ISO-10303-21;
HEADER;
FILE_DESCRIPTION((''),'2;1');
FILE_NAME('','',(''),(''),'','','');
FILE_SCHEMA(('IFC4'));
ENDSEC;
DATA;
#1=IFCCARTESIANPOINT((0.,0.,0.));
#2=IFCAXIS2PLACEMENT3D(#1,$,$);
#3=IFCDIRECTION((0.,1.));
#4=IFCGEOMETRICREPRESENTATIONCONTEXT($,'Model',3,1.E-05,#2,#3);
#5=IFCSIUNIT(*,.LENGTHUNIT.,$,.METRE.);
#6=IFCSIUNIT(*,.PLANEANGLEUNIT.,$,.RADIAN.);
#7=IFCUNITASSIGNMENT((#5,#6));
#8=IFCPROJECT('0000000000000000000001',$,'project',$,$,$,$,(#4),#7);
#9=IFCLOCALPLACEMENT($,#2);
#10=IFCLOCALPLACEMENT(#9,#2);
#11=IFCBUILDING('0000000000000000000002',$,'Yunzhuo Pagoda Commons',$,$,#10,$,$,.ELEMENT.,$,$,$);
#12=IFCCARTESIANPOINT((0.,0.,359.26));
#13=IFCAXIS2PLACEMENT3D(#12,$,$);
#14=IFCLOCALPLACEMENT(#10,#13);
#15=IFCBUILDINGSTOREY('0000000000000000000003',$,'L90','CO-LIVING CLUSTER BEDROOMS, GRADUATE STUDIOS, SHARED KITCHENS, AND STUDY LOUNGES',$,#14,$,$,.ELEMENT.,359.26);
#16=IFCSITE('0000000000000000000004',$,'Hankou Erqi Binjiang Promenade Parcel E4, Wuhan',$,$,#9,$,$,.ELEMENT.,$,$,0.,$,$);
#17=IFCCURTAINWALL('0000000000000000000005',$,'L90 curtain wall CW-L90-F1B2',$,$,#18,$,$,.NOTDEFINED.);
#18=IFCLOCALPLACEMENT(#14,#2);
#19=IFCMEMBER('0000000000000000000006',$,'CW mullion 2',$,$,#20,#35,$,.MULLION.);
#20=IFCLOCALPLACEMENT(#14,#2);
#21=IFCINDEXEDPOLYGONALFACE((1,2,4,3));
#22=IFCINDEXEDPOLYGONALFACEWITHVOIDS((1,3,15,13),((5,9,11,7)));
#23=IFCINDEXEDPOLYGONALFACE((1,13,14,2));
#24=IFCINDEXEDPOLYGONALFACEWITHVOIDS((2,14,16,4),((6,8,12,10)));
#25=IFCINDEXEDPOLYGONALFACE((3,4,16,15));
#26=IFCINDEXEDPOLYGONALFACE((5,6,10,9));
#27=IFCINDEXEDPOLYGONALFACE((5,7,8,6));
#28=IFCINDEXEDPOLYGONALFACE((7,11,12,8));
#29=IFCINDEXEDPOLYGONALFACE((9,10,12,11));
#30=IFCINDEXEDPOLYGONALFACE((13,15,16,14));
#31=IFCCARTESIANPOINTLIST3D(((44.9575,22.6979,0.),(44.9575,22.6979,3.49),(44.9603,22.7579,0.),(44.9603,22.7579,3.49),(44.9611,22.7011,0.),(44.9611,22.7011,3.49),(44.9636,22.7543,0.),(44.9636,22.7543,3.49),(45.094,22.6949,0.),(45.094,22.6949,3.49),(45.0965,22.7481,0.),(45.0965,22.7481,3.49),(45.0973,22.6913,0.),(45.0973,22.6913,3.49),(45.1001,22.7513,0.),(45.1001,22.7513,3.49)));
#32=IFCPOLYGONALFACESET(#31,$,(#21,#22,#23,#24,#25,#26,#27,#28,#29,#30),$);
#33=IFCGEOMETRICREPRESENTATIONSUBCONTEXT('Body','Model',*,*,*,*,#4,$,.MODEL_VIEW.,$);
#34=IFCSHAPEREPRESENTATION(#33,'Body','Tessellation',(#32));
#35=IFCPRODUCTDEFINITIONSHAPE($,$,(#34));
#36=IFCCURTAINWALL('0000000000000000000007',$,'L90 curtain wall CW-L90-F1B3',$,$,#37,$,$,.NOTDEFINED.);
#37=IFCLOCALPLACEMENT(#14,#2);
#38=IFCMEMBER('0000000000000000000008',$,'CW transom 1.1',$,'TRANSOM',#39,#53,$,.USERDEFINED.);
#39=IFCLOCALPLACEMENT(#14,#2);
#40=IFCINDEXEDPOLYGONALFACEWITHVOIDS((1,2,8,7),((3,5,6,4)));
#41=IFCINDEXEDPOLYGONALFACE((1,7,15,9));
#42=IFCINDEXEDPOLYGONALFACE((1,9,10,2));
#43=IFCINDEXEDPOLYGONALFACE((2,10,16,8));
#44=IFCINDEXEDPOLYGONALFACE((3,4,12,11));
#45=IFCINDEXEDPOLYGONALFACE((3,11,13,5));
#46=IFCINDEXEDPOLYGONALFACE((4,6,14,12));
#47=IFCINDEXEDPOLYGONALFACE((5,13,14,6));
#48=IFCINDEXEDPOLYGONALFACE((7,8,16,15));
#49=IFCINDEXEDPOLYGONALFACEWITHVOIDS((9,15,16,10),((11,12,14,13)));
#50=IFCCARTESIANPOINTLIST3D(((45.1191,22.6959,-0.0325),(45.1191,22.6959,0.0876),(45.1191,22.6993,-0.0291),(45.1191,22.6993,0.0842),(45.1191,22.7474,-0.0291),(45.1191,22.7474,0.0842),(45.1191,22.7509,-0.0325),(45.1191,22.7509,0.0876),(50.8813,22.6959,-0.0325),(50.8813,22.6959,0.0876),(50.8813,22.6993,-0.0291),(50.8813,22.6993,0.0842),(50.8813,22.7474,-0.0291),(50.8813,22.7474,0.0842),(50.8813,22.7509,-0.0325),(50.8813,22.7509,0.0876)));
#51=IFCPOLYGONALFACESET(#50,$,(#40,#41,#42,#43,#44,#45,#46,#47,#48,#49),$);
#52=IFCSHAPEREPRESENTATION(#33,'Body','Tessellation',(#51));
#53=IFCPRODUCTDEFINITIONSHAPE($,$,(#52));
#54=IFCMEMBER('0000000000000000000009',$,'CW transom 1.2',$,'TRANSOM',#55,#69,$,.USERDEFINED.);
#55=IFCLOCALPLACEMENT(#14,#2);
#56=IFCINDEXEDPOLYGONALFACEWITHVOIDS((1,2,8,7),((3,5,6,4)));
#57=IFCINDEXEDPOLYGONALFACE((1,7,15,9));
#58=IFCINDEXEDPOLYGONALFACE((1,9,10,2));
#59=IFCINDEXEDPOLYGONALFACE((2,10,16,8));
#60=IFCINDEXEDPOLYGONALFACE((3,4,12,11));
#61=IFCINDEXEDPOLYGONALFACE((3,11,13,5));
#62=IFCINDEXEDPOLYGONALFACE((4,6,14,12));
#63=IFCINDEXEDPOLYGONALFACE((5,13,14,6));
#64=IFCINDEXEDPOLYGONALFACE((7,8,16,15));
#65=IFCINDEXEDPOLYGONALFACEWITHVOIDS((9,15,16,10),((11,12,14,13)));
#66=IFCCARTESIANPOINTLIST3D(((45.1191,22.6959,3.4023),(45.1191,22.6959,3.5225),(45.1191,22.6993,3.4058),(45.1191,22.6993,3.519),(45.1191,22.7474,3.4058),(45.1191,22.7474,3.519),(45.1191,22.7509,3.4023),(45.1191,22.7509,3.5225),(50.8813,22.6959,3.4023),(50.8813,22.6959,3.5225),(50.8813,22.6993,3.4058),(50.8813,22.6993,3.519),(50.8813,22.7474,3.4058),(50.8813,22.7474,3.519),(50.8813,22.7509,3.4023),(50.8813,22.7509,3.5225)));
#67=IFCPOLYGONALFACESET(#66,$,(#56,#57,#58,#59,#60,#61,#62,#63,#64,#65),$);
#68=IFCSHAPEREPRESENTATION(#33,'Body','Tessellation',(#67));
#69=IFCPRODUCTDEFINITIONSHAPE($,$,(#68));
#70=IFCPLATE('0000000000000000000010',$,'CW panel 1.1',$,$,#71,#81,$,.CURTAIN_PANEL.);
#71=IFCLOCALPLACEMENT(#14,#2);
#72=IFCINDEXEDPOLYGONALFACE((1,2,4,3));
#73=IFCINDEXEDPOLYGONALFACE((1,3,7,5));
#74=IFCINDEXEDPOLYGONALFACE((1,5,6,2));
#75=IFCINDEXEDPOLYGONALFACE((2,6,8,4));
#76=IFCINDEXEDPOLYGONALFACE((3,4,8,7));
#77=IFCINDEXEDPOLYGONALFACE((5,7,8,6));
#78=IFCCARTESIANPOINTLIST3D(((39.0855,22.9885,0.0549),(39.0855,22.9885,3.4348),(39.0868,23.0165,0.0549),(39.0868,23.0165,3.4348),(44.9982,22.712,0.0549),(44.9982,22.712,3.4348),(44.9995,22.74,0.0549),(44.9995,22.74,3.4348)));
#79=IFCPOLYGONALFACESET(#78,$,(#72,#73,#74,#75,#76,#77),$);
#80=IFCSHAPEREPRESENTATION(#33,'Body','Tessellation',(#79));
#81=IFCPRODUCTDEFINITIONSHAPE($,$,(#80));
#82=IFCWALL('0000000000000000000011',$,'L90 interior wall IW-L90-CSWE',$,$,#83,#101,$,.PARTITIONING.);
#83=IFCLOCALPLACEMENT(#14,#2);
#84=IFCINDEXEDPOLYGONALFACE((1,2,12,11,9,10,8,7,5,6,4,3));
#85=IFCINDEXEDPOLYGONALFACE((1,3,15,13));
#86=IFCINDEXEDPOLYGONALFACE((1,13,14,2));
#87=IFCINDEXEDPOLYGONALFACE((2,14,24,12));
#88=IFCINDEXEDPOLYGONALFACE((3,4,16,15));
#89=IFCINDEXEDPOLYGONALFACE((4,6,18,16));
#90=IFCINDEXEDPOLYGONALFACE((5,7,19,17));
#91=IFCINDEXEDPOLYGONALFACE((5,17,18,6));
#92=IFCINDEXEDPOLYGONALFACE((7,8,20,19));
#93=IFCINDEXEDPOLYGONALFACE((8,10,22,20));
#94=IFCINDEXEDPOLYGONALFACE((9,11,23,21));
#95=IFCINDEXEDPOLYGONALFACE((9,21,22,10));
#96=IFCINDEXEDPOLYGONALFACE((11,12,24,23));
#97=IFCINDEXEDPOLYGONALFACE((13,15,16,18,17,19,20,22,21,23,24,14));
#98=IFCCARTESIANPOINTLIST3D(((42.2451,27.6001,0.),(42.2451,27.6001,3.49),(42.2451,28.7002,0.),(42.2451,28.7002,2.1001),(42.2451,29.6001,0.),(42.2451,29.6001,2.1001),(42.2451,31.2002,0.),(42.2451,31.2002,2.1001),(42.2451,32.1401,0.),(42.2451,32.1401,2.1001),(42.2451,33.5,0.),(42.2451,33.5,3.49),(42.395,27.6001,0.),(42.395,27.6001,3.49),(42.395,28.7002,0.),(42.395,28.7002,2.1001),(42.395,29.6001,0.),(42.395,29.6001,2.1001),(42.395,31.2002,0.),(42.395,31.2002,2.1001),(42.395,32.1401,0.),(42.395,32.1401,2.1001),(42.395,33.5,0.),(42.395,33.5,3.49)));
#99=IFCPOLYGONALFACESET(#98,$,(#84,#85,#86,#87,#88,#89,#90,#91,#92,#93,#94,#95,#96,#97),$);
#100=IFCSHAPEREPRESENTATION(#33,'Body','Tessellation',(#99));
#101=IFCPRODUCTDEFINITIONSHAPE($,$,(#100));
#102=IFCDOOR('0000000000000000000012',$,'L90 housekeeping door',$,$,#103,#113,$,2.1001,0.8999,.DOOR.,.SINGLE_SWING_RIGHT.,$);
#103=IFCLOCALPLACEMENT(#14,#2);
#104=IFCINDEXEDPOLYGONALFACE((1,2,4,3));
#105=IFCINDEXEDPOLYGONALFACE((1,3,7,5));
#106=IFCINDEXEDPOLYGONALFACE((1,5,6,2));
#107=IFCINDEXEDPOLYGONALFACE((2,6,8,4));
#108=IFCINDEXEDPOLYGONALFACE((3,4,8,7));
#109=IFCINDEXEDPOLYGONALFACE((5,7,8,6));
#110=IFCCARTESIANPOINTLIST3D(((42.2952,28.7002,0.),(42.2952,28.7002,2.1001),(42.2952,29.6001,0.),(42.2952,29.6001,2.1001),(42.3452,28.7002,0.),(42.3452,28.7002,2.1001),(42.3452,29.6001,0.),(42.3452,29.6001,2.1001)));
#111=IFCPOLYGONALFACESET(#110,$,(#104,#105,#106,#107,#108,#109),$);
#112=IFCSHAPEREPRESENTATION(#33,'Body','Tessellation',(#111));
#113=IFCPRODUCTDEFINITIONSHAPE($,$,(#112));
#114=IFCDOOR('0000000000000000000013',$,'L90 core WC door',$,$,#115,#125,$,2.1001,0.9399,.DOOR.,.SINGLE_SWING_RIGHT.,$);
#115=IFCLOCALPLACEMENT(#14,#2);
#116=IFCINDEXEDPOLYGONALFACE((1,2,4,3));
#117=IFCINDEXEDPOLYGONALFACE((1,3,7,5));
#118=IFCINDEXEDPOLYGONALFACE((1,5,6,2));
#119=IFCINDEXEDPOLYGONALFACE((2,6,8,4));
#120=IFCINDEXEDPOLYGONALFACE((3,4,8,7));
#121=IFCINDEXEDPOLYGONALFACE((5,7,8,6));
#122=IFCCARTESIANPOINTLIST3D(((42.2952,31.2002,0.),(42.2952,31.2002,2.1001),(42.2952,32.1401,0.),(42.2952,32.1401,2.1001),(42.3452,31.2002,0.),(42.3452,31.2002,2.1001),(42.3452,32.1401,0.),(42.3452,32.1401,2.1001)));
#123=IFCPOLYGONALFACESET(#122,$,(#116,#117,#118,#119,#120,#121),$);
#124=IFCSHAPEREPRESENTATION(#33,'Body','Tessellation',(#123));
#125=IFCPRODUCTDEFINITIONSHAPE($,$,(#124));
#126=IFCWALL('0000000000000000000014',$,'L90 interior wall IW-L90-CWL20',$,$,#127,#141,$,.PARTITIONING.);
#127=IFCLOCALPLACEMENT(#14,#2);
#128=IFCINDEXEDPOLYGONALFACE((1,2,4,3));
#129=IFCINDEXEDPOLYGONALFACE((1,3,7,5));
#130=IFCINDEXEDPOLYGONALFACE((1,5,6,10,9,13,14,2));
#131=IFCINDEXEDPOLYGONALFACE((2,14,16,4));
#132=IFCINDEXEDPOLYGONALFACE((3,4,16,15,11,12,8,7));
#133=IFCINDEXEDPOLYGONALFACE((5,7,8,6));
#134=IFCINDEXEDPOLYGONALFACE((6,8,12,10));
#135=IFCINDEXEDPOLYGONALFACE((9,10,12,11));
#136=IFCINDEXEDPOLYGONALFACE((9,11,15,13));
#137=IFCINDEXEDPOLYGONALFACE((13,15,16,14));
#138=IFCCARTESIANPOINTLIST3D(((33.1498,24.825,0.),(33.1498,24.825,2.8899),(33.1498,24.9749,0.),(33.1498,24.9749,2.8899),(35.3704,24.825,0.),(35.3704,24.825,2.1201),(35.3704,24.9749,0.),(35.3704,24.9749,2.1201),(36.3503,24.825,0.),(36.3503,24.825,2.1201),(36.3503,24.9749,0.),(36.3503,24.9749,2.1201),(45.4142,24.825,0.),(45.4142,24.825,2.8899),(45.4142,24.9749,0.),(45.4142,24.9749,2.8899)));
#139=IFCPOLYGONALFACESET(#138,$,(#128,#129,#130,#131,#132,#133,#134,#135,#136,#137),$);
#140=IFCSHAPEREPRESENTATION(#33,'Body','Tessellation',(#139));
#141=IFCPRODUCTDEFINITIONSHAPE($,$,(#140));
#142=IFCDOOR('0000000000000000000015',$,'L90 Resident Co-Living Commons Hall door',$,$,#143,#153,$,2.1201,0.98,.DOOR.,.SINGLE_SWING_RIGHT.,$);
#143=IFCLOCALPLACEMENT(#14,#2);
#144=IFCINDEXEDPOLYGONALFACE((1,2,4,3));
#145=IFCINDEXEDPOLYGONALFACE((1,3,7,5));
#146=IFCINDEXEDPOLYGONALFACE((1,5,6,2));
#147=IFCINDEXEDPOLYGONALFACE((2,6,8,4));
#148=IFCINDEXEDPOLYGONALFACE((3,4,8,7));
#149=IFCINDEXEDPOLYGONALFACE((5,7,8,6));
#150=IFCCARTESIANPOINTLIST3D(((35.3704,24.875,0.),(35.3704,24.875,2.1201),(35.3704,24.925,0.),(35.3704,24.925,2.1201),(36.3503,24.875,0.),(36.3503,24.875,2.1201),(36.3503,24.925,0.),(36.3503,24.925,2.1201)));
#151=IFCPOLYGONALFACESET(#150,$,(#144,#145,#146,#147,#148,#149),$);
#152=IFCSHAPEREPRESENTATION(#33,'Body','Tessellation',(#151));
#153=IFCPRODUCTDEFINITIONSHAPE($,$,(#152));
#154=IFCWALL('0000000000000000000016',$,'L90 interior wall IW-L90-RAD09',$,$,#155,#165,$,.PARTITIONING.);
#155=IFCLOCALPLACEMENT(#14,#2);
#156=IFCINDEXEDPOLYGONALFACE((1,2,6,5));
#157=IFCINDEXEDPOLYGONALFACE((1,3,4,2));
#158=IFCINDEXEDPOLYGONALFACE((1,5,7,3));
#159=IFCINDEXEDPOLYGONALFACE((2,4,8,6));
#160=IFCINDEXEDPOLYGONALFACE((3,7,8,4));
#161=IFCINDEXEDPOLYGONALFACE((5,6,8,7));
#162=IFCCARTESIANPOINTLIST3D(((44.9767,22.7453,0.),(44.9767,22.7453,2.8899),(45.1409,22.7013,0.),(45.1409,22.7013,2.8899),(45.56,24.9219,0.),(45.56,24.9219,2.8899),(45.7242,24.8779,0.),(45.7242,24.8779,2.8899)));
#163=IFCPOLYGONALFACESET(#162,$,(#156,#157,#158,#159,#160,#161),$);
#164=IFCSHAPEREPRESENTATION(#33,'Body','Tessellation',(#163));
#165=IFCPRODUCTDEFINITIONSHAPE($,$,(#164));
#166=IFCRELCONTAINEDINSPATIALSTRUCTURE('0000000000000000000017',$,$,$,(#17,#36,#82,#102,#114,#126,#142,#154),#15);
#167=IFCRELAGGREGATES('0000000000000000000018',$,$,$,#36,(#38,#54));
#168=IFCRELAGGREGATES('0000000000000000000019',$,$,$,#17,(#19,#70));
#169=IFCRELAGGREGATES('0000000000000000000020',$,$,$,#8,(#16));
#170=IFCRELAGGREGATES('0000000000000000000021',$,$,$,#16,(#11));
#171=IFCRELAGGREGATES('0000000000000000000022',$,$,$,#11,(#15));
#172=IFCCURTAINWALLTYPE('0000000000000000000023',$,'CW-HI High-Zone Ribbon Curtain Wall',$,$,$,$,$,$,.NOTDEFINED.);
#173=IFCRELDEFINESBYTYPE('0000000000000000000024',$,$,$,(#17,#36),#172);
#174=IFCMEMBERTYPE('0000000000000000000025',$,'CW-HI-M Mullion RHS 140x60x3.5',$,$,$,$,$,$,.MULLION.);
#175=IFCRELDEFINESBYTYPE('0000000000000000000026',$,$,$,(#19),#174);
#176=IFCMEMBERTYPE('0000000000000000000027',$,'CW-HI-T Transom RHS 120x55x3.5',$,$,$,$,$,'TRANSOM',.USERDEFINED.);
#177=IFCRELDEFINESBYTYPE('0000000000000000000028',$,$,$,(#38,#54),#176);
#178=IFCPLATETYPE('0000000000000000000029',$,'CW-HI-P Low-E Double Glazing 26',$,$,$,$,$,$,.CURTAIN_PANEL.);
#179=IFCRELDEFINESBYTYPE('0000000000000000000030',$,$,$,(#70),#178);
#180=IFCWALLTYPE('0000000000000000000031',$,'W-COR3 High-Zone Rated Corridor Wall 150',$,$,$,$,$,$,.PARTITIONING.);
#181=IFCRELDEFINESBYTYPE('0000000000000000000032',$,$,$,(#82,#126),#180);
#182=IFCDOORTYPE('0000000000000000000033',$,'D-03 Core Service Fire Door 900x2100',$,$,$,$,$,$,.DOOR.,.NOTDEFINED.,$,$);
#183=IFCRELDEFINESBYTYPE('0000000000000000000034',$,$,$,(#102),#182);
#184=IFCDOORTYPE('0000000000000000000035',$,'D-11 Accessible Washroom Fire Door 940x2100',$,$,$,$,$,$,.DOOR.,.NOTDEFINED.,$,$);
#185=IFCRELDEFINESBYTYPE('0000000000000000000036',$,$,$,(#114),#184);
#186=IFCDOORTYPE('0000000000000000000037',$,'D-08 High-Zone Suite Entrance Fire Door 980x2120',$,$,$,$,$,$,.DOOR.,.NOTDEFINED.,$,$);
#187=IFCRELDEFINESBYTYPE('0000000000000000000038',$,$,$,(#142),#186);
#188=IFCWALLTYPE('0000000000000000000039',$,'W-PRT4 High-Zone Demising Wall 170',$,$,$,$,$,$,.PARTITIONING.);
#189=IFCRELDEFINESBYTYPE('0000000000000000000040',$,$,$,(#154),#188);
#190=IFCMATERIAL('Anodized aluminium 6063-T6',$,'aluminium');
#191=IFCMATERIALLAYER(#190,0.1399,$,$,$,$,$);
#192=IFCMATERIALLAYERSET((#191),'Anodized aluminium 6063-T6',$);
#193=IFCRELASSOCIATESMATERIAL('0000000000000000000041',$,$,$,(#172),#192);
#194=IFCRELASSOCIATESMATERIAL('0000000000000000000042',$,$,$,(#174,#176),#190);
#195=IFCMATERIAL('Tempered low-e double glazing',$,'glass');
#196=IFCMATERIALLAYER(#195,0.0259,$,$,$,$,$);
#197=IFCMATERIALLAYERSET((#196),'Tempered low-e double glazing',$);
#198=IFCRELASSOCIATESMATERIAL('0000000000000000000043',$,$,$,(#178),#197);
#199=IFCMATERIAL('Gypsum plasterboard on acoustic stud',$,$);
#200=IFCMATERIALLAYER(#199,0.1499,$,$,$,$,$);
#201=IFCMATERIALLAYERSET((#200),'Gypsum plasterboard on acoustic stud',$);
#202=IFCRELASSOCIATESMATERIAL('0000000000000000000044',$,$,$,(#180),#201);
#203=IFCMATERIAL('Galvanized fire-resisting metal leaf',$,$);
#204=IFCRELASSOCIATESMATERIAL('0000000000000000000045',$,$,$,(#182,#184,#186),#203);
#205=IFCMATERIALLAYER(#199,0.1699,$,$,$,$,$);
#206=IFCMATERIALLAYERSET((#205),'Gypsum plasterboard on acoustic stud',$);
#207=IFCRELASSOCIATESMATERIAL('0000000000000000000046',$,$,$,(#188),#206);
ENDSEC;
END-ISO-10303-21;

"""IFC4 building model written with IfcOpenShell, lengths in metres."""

from ifc_helpers import new_model, si_unit, direction, frame, frame_2d, origin, origin_with_axes, origin_2d, place, context, subcontext, project, spatial, rectangle, hollow_rectangle, extrude, source, transform, mapped, material, layer, layer_set, material_profile, profile_set, type_object, element, fill, aggregate, save


model = new_model("IFC4")

# Units and contexts
model_context = context("Model", 3, precision=1e-05, world=origin(), true_north=direction((0.0, 1.0)))
body_context = subcontext(model_context, "Body", "Model", "MODEL_VIEW")
ifc_project = project(units=[si_unit("LENGTHUNIT", "METRE"), si_unit("PLANEANGLEUNIT", "RADIAN")], contexts=[model_context])

# Site, building, storey
site_placement = place(None, origin())
site = spatial("IfcSite", under=ifc_project, at=site_placement, Name="Hankou Erqi Binjiang Promenade Parcel E4, Wuhan", CompositionType="ELEMENT", RefElevation=0.0)
building_placement = place(site_placement, origin())
building = spatial("IfcBuilding", under=site, at=building_placement, Name="Yunzhuo Pagoda Commons", CompositionType="ELEMENT")
storey_placement = place(building_placement, frame((0.0, 0.0, 359.26)))
storey = spatial("IfcBuildingStorey", under=building, at=storey_placement, Name="L90", Description="CO-LIVING CLUSTER BEDROOMS, GRADUATE STUDIOS, SHARED KITCHENS, AND STUDY LOUNGES", CompositionType="ELEMENT", Elevation=359.26)

# Curtain wall, member
ifc_material_1 = material(Name="Anodized aluminium 6063-T6", Category="aluminium")
ifc_layer_1 = layer(ifc_material_1, 0.1399)
ifc_layer_set_1 = layer_set([ifc_layer_1], Name="Anodized aluminium 6063-T6")
curtain_wall_type = type_object("IfcCurtainWallType", Name="CW-HI High-Zone Ribbon Curtain Wall", PredefinedType="NOTDEFINED", material=ifc_layer_set_1)
curtain_wall_1_placement = place(storey_placement, origin())
curtain_wall_1 = element("IfcCurtainWall", 1, at=curtain_wall_1_placement, inside=storey, type_object=curtain_wall_type, Name="L90 curtain wall CW-L90-F1B2", PredefinedType="NOTDEFINED")
ifc_material_profile_1 = material_profile(ifc_material_1, hollow_rectangle(XDim=0.0601, YDim=0.1399, WallThickness=0.0034, at=origin_2d()), Name="Anodized aluminium 6063-T6")
ifc_profile_set_1 = profile_set([ifc_material_profile_1], Name="Anodized aluminium 6063-T6")
member_type_1 = type_object("IfcMemberType", Name="CW-HI-M Mullion RHS 140x60x3.5", PredefinedType="MULLION", material=ifc_profile_set_1)
shared_shape_1 = source(origin(), body_context, "Body", "SweptSolid", [
    extrude(hollow_rectangle(XDim=0.0601, YDim=0.1399, WallThickness=0.0034, at=origin_2d()), origin(), (0.0, 0.0, 1.0), 3.49),
])
member_1_placement = place(storey_placement, frame((45.0288, 22.7246, 0.0), z_axis=(0.0, 0.0, 1.0), x_axis=(0.046712, 0.998908, 0.0)))
member_1 = element("IfcMember", 2, at=member_1_placement, type_object=member_type_1, Name="CW mullion 2", PredefinedType="MULLION", context=body_context, shape_type="MappedRepresentation", body=[
    mapped(shared_shape_1, transform((0.0, 0.0, 0.0), scale=1.0)),
])

# Curtain wall, members
curtain_wall_2_placement = place(storey_placement, origin())
curtain_wall_2 = element("IfcCurtainWall", 3, at=curtain_wall_2_placement, inside=storey, type_object=curtain_wall_type, Name="L90 curtain wall CW-L90-F1B3", PredefinedType="NOTDEFINED")
ifc_material_profile_2 = material_profile(ifc_material_1, hollow_rectangle(XDim=0.0549, YDim=0.1201, WallThickness=0.0034, at=origin_2d()), Name="Anodized aluminium 6063-T6")
ifc_profile_set_2 = profile_set([ifc_material_profile_2], Name="Anodized aluminium 6063-T6")
member_type_2 = type_object("IfcMemberType", Name="CW-HI-T Transom RHS 120x55x3.5", ElementType="TRANSOM", PredefinedType="USERDEFINED", material=ifc_profile_set_2)
shared_shape_2 = source(origin(), body_context, "Body", "SweptSolid", [
    extrude(hollow_rectangle(XDim=0.0549, YDim=0.1201, WallThickness=0.0034, at=origin_2d()), origin(), (0.0, 0.0, 1.0), 5.7622),
])
member_2_placement = place(storey_placement, frame((45.1191, 22.7234, 0.0276), z_axis=(1.0, 0.0, 0.0), x_axis=(0.0, 1.0, 0.0)))
member_2 = element("IfcMember", 4, at=member_2_placement, type_object=member_type_2, Name="CW transom 1.1", ObjectType="TRANSOM", PredefinedType="USERDEFINED", context=body_context, shape_type="MappedRepresentation", body=[
    mapped(shared_shape_2, transform((0.0, 0.0, 0.0), scale=1.0)),
])
member_3_placement = place(storey_placement, frame((45.1191, 22.7234, 3.4624), z_axis=(1.0, 0.0, 0.0), x_axis=(0.0, 1.0, 0.0)))
member_3 = element("IfcMember", 5, at=member_3_placement, type_object=member_type_2, Name="CW transom 1.2", ObjectType="TRANSOM", PredefinedType="USERDEFINED", context=body_context, shape_type="MappedRepresentation", body=[
    mapped(shared_shape_2, transform((0.0, 0.0, 0.0), scale=1.0)),
])
aggregate(curtain_wall_2, [member_2, member_3])

# Plate
ifc_material_2 = material(Name="Tempered low-e double glazing", Category="glass")
ifc_layer_2 = layer(ifc_material_2, 0.0259)
ifc_layer_set_2 = layer_set([ifc_layer_2], Name="Tempered low-e double glazing")
plate_type = type_object("IfcPlateType", Name="CW-HI-P Low-E Double Glazing 26", PredefinedType="CURTAIN_PANEL", material=ifc_layer_set_2)
shared_shape_3 = source(origin(), body_context, "Body", "SweptSolid", [
    extrude(rectangle(XDim=5.9192, YDim=0.0281, at=origin_2d()), origin(), (0.0, 0.0, 1.0), 3.3799),
])
plate_placement = place(storey_placement, frame((42.0425, 22.8643, 0.0549), z_axis=(0.0, 0.0, 1.0), x_axis=(0.998908, -0.046712, 0.0)))
plate = element("IfcPlate", 6, at=plate_placement, type_object=plate_type, Name="CW panel 1.1", PredefinedType="CURTAIN_PANEL", context=body_context, shape_type="MappedRepresentation", body=[
    mapped(shared_shape_3, transform((0.0, 0.0, 0.0), scale=1.0)),
])
aggregate(curtain_wall_1, [member_1, plate])

# Wall, openings, doors
ifc_material_3 = material(Name="Gypsum plasterboard on acoustic stud")
ifc_layer_3 = layer(ifc_material_3, 0.1499)
ifc_layer_set_3 = layer_set([ifc_layer_3], Name="Gypsum plasterboard on acoustic stud")
wall_type_1 = type_object("IfcWallType", Name="W-COR3 High-Zone Rated Corridor Wall 150", PredefinedType="PARTITIONING", material=ifc_layer_set_3)
wall_1_placement = place(storey_placement, frame((42.3201, 27.6001, 0.0), z_axis=(0.0, 0.0, 1.0), x_axis=(0.0, 1.0, 0.0)))
wall_1 = element("IfcWall", 7, at=wall_1_placement, inside=storey, type_object=wall_type_1, Name="L90 interior wall IW-L90-CSWE", PredefinedType="PARTITIONING", context=body_context, shape_type="SweptSolid", body=[
    extrude(rectangle(XDim=5.8999, YDim=0.1499, at=frame_2d((2.95, 0.0))), origin(), (0.0, 0.0, 1.0), 3.49),
])
opening_1_placement = place(wall_1_placement, frame((1.1001, 0.0, 0.0)))
opening_1 = element("IfcOpeningElement", 8, at=opening_1_placement, cuts=wall_1, PredefinedType="OPENING", context=body_context, shape_type="SweptSolid", body=[
    extrude(rectangle(XDim=0.8999, YDim=2.1001, at=frame_2d((0.45, 1.05))), frame((0.0, 0.085, 0.0), z_axis=(0.0, -1.0, 0.0), x_axis=(1.0, 0.0, 0.0)), (0.0, 0.0, 1.0), 0.1699),
])
opening_2_placement = place(wall_1_placement, frame((3.6001, 0.0, 0.0)))
opening_2 = element("IfcOpeningElement", 9, at=opening_2_placement, cuts=wall_1, PredefinedType="OPENING", context=body_context, shape_type="SweptSolid", body=[
    extrude(rectangle(XDim=0.9399, YDim=2.1001, at=frame_2d((0.47, 1.05))), frame((0.0, 0.085, 0.0), z_axis=(0.0, -1.0, 0.0), x_axis=(1.0, 0.0, 0.0)), (0.0, 0.0, 1.0), 0.1699),
])
ifc_material_4 = material(Name="Galvanized fire-resisting metal leaf")
door_type_1 = type_object("IfcDoorType", Name="D-03 Core Service Fire Door 900x2100", OperationType="NOTDEFINED", PredefinedType="DOOR", material=ifc_material_4)
shared_shape_4 = source(origin(), body_context, "Body", "SweptSolid", [
    extrude(rectangle(XDim=0.8999, YDim=2.1001, at=frame_2d((0.45, 1.05))), frame((0.0, 0.0249, 0.0), z_axis=(0.0, -1.0, 0.0), x_axis=(1.0, 0.0, 0.0)), (0.0, 0.0, 1.0), 0.05),
])
door_1_placement = place(opening_1_placement, origin_with_axes())
door_1 = element("IfcDoor", 10, at=door_1_placement, inside=storey, type_object=door_type_1, Name="L90 housekeeping door", OperationType="SINGLE_SWING_RIGHT", OverallHeight=2.1001, OverallWidth=0.8999, PredefinedType="DOOR", context=body_context, shape_type="MappedRepresentation", body=[
    mapped(shared_shape_4, transform((0.0, 0.0, 0.0), scale=1.0)),
])
fill(opening_1, door_1)
door_type_2 = type_object("IfcDoorType", Name="D-11 Accessible Washroom Fire Door 940x2100", OperationType="NOTDEFINED", PredefinedType="DOOR", material=ifc_material_4)
shared_shape_5 = source(origin(), body_context, "Body", "SweptSolid", [
    extrude(rectangle(XDim=0.9399, YDim=2.1001, at=frame_2d((0.47, 1.05))), frame((0.0, 0.0249, 0.0), z_axis=(0.0, -1.0, 0.0), x_axis=(1.0, 0.0, 0.0)), (0.0, 0.0, 1.0), 0.05),
])
door_2_placement = place(opening_2_placement, origin_with_axes())
door_2 = element("IfcDoor", 11, at=door_2_placement, inside=storey, type_object=door_type_2, Name="L90 core WC door", OperationType="SINGLE_SWING_RIGHT", OverallHeight=2.1001, OverallWidth=0.9399, PredefinedType="DOOR", context=body_context, shape_type="MappedRepresentation", body=[
    mapped(shared_shape_5, transform((0.0, 0.0, 0.0), scale=1.0)),
])
fill(opening_2, door_2)

# Wall, opening, door
wall_2_placement = place(storey_placement, frame((45.4143, 24.8999, 0.0), z_axis=(0.0, 0.0, 1.0), x_axis=(-1.0, 0.0, 0.0)))
wall_2 = element("IfcWall", 12, at=wall_2_placement, inside=storey, type_object=wall_type_1, Name="L90 interior wall IW-L90-CWL20", PredefinedType="PARTITIONING", context=body_context, shape_type="SweptSolid", body=[
    extrude(rectangle(XDim=12.2644, YDim=0.1499, at=frame_2d((6.1323, 0.0))), origin(), (0.0, 0.0, 1.0), 2.8899),
])
opening_3_placement = place(wall_2_placement, frame((9.064, 0.0, 0.0)))
opening_3 = element("IfcOpeningElement", 13, at=opening_3_placement, cuts=wall_2, PredefinedType="OPENING", context=body_context, shape_type="SweptSolid", body=[
    extrude(rectangle(XDim=0.98, YDim=2.1201, at=frame_2d((0.49, 1.0601))), frame((0.0, 0.085, 0.0), z_axis=(0.0, -1.0, 0.0), x_axis=(1.0, 0.0, 0.0)), (0.0, 0.0, 1.0), 0.1699),
])
door_type_3 = type_object("IfcDoorType", Name="D-08 High-Zone Suite Entrance Fire Door 980x2120", OperationType="NOTDEFINED", PredefinedType="DOOR", material=ifc_material_4)
shared_shape_6 = source(origin(), body_context, "Body", "SweptSolid", [
    extrude(rectangle(XDim=0.98, YDim=2.1201, at=frame_2d((0.49, 1.0601))), frame((0.0, 0.0249, 0.0), z_axis=(0.0, -1.0, 0.0), x_axis=(1.0, 0.0, 0.0)), (0.0, 0.0, 1.0), 0.05),
])
door_3_placement = place(opening_3_placement, origin_with_axes())
door_3 = element("IfcDoor", 14, at=door_3_placement, inside=storey, type_object=door_type_3, Name="L90 Resident Co-Living Commons Hall door", OperationType="SINGLE_SWING_RIGHT", OverallHeight=2.1201, OverallWidth=0.98, PredefinedType="DOOR", context=body_context, shape_type="MappedRepresentation", body=[
    mapped(shared_shape_6, transform((0.0, 0.0, 0.0), scale=1.0)),
])
fill(opening_3, door_3)

# Wall
ifc_layer_4 = layer(ifc_material_3, 0.1699)
ifc_layer_set_4 = layer_set([ifc_layer_4], Name="Gypsum plasterboard on acoustic stud")
wall_type_2 = type_object("IfcWallType", Name="W-PRT4 High-Zone Demising Wall 170", PredefinedType="PARTITIONING", material=ifc_layer_set_4)
wall_3_placement = place(storey_placement, frame((45.6421, 24.8999, 0.0), z_axis=(0.0, 0.0, 1.0), x_axis=(-0.258843, -0.96592, 0.0)))
element("IfcWall", 15, at=wall_3_placement, inside=storey, type_object=wall_type_2, Name="L90 interior wall IW-L90-RAD09", PredefinedType="PARTITIONING", context=body_context, shape_type="SweptSolid", body=[
    extrude(rectangle(XDim=2.2534, YDim=0.1699, at=frame_2d((1.1267, 0.0))), origin(), (0.0, 0.0, 1.0), 2.8899),
])

save(model, "model.ifc")
